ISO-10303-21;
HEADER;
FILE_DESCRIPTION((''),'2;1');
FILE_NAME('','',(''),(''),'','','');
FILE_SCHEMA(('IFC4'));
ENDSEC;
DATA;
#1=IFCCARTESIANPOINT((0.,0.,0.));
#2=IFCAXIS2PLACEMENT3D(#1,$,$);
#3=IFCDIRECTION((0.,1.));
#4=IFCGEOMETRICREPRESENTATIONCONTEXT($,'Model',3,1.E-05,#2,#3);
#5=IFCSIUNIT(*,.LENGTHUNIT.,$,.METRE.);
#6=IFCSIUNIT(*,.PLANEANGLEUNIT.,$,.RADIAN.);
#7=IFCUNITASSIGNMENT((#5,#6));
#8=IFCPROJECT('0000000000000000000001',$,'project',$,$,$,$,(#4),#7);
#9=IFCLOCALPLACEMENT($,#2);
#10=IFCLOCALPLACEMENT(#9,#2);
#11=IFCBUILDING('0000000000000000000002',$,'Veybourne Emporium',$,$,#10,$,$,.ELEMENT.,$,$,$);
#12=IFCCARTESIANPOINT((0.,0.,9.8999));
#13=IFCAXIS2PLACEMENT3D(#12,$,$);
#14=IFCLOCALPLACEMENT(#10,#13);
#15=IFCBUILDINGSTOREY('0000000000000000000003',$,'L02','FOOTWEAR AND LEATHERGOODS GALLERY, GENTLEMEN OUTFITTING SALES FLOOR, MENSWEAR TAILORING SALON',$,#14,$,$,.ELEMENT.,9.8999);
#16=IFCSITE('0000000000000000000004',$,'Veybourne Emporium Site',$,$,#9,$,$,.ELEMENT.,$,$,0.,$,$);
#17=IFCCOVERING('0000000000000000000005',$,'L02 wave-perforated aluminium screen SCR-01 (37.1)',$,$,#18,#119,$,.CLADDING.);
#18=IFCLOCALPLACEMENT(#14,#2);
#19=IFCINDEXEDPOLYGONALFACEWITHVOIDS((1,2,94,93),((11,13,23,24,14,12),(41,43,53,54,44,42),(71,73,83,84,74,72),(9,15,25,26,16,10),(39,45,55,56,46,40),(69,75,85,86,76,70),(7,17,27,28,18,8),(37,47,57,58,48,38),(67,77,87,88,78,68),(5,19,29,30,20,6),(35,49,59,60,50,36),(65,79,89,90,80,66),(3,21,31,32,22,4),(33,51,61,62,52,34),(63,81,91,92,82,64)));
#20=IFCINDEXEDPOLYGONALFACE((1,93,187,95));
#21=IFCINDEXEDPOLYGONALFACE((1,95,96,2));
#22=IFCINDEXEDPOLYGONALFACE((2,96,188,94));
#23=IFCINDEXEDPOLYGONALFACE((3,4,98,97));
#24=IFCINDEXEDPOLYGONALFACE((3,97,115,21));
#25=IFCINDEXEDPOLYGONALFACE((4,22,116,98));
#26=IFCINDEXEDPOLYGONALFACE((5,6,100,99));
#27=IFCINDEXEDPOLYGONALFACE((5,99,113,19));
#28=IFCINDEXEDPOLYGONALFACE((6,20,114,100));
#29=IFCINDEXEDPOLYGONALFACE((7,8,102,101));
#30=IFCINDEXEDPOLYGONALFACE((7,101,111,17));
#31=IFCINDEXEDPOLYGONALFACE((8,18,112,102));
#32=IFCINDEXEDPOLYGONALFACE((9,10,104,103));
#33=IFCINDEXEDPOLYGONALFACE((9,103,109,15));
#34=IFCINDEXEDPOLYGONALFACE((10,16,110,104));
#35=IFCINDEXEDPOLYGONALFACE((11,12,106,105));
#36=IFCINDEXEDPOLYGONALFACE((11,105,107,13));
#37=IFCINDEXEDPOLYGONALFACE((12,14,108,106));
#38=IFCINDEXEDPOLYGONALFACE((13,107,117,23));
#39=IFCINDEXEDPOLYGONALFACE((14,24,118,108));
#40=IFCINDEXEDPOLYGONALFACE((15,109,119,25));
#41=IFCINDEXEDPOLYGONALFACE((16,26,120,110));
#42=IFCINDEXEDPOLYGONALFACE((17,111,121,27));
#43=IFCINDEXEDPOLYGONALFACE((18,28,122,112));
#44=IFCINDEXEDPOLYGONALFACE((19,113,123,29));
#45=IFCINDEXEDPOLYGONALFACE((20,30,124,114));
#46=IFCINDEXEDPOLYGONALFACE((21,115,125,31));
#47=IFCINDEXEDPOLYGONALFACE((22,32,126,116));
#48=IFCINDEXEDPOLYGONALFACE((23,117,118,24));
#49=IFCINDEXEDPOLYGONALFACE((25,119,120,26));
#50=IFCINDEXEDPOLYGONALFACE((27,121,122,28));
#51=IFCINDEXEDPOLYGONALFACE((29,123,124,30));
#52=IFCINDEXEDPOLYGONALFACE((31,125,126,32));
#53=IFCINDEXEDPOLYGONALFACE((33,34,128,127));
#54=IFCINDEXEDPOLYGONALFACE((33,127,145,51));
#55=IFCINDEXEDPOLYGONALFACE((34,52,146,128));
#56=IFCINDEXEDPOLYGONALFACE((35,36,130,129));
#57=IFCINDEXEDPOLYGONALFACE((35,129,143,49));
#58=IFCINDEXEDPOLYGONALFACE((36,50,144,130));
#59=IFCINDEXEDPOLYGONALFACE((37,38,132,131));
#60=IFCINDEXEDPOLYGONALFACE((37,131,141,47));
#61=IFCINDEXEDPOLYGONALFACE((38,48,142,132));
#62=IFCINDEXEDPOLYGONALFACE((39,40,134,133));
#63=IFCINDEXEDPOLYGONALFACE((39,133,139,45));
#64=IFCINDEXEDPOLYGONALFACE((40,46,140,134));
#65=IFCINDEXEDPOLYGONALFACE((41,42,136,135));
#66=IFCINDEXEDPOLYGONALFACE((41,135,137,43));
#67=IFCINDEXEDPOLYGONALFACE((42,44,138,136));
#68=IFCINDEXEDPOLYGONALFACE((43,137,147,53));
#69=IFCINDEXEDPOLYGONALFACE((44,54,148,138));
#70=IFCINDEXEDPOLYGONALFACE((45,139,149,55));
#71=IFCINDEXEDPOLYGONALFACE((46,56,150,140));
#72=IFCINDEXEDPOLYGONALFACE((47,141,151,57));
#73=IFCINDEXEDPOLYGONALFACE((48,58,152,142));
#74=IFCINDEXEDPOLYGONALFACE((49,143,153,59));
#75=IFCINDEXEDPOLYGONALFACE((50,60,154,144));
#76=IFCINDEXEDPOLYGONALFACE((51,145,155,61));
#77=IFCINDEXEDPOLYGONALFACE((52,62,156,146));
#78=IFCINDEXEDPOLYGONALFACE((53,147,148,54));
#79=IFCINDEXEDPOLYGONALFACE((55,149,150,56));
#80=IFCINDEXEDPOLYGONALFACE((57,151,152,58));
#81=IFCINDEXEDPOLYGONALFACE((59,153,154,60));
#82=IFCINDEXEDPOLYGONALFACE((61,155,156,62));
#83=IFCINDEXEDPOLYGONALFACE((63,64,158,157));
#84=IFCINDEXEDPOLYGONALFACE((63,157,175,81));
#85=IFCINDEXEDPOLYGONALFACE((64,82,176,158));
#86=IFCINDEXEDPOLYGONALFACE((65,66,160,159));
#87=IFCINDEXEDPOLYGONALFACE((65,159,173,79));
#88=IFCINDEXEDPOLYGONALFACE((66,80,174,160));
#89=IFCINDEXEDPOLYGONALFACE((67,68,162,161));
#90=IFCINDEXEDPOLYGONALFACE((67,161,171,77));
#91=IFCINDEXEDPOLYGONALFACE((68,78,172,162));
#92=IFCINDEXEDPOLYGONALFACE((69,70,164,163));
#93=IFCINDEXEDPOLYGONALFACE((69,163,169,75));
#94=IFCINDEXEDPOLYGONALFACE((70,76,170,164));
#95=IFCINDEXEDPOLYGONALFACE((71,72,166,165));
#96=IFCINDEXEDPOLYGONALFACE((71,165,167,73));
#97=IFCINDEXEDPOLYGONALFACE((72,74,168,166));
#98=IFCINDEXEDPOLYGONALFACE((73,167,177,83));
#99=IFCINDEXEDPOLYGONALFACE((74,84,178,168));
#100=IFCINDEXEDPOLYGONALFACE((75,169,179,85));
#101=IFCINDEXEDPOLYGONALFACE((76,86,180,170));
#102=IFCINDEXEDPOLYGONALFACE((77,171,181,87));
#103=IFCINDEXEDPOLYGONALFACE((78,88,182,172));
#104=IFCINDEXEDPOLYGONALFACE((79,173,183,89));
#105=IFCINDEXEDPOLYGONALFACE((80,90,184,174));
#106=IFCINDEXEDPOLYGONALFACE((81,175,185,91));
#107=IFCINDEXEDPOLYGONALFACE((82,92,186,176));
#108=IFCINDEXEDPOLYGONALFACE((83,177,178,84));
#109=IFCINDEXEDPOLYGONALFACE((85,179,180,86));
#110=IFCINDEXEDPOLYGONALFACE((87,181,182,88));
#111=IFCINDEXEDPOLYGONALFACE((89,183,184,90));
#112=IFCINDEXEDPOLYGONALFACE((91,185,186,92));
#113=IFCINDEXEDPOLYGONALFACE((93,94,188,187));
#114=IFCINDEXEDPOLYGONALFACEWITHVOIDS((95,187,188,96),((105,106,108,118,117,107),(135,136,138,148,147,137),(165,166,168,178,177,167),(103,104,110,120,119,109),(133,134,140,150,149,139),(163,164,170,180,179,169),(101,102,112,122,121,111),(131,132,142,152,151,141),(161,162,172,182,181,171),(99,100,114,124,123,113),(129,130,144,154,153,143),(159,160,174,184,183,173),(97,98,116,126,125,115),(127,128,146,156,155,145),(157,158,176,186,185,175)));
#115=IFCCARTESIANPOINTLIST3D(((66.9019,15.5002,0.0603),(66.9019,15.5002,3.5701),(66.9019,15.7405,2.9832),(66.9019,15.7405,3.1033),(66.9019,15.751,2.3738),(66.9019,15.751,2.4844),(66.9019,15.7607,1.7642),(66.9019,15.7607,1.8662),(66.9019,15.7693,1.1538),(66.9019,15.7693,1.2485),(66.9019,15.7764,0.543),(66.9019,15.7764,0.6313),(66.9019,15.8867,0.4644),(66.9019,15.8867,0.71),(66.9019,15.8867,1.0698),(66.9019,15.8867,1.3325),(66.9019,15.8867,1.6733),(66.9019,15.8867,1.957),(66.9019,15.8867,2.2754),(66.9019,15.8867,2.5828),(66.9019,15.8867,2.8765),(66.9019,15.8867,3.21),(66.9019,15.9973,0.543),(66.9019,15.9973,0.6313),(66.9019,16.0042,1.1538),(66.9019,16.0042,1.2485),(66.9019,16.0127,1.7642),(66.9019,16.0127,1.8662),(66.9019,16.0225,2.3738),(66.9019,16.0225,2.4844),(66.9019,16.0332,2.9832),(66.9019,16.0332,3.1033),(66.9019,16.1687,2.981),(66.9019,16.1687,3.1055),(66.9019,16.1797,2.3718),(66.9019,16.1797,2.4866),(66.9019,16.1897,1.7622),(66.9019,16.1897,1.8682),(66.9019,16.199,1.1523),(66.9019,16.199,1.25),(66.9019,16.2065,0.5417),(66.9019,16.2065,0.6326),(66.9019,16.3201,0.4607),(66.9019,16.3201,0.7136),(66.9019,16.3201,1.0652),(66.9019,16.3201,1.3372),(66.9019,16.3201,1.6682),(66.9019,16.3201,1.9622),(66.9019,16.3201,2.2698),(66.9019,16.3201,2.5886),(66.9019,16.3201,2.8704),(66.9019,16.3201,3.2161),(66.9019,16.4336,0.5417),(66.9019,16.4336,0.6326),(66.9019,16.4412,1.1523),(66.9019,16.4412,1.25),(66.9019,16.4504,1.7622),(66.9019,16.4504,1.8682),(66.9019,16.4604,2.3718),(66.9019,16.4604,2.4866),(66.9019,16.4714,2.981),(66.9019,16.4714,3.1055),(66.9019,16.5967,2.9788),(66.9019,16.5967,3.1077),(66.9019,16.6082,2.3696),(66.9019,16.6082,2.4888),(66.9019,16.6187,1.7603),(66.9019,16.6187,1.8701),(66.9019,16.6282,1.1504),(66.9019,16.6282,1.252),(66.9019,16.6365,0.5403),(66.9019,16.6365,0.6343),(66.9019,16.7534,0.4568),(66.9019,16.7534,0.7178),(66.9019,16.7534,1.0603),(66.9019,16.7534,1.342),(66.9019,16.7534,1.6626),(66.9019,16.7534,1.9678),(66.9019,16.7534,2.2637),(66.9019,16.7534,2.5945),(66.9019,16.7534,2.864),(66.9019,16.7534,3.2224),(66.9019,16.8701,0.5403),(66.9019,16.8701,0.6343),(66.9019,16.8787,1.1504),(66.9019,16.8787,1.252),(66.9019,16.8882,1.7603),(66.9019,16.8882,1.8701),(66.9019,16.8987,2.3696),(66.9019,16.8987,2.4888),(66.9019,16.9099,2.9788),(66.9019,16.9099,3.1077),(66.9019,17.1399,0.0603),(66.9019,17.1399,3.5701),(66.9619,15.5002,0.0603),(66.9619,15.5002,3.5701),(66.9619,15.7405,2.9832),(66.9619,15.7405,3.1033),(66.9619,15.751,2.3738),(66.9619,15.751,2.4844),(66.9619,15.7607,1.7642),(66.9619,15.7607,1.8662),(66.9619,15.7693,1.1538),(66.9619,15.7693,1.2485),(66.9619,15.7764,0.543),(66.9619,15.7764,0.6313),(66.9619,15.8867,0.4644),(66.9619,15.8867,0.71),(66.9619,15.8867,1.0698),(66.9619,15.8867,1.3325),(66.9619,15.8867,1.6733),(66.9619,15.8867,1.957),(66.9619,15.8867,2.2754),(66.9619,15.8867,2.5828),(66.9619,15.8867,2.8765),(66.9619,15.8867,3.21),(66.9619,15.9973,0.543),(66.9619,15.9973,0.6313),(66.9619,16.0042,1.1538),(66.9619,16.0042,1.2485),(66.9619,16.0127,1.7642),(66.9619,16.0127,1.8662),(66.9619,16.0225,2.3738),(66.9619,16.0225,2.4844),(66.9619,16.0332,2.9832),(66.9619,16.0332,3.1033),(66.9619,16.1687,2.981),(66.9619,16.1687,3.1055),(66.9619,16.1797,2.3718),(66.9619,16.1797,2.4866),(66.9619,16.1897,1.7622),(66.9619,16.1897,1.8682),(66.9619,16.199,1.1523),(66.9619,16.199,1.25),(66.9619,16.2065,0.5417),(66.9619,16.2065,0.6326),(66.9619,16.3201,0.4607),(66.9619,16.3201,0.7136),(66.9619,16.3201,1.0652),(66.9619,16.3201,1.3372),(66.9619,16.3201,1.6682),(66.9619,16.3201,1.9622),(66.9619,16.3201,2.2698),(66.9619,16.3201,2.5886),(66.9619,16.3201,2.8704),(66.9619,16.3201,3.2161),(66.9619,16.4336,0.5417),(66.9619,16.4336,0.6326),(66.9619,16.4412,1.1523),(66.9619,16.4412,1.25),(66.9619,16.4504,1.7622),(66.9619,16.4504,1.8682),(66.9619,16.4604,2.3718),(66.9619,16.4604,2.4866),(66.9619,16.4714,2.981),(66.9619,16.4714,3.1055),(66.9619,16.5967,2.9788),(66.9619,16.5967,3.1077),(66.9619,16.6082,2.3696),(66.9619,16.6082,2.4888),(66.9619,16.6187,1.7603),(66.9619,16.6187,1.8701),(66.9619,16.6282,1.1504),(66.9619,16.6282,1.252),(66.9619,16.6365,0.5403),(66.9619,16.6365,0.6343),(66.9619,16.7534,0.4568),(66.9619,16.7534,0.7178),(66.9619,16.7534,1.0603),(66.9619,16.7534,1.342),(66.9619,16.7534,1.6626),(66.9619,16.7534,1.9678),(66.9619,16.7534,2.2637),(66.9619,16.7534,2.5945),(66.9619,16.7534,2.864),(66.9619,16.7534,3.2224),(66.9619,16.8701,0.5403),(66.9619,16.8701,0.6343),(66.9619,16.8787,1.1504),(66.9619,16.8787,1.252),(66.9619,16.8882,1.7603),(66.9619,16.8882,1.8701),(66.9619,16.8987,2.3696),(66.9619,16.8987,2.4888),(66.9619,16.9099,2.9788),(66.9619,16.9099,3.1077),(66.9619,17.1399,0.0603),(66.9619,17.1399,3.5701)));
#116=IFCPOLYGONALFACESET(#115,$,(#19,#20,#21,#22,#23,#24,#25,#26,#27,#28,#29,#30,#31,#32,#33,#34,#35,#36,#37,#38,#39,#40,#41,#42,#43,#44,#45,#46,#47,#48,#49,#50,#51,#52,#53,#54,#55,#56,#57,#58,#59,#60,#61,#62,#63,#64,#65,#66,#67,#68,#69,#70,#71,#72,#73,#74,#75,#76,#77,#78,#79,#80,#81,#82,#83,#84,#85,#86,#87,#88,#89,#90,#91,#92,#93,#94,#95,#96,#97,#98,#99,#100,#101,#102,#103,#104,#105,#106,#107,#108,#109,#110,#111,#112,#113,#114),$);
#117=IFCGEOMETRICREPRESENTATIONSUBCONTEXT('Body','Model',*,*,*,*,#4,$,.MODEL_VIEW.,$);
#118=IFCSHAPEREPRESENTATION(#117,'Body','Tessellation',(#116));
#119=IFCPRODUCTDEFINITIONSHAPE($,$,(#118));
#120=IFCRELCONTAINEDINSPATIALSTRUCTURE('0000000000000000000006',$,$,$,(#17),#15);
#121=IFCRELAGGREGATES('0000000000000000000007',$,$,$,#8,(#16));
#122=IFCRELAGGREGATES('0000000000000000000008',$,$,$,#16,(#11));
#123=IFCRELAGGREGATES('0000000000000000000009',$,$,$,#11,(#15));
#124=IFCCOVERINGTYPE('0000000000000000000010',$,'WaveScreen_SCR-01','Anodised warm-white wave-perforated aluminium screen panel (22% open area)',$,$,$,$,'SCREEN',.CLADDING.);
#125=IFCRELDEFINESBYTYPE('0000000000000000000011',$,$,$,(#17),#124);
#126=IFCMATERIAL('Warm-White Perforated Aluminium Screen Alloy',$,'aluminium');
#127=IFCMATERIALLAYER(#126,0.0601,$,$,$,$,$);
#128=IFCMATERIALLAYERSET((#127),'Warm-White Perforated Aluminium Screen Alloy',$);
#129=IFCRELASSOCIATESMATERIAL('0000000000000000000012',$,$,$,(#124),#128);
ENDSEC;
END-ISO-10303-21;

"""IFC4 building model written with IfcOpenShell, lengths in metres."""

from ifc_helpers import new_model, si_unit, direction, frame, origin, place, context, subcontext, project, spatial, polyline, outline, extrude, material, layer, layer_set, type_object, element, save


model = new_model("IFC4")

# Units and contexts
model_context = context("Model", 3, precision=1e-05, world=origin(), true_north=direction((0.0, 1.0)))
body_context = subcontext(model_context, "Body", "Model", "MODEL_VIEW")
ifc_project = project(units=[si_unit("LENGTHUNIT", "METRE"), si_unit("PLANEANGLEUNIT", "RADIAN")], contexts=[model_context])

# Site, building, storey
site_placement = place(None, origin())
site = spatial("IfcSite", under=ifc_project, at=site_placement, Name="Veybourne Emporium Site", CompositionType="ELEMENT", RefElevation=0.0)
building_placement = place(site_placement, origin())
building = spatial("IfcBuilding", under=site, at=building_placement, Name="Veybourne Emporium", CompositionType="ELEMENT")
storey_placement = place(building_placement, frame((0.0, 0.0, 9.8999)))
storey = spatial("IfcBuildingStorey", under=building, at=storey_placement, Name="L02", Description="FOOTWEAR AND LEATHERGOODS GALLERY, GENTLEMEN OUTFITTING SALES FLOOR, MENSWEAR TAILORING SALON", CompositionType="ELEMENT", Elevation=9.8999)

# Covering
ifc_material_1 = material(Name="Warm-White Perforated Aluminium Screen Alloy", Category="aluminium")
ifc_layer_1 = layer(ifc_material_1, 0.0601)
ifc_layer_set_1 = layer_set([ifc_layer_1], Name="Warm-White Perforated Aluminium Screen Alloy")
covering_type_1 = type_object("IfcCoveringType", Name="WaveScreen_SCR-01", Description="Anodised warm-white wave-perforated aluminium screen panel (22% open area)", ElementType="SCREEN", PredefinedType="CLADDING", material=ifc_layer_set_1)
covering_1_placement = place(storey_placement, frame((66.9019, 16.3201, 1.8152), z_axis=(1.0, 0.0, 0.0), x_axis=(0.0, 1.0, 0.0)))
element("IfcCovering", 1, at=covering_1_placement, inside=storey, type_object=covering_type_1, Name="L02 wave-perforated aluminium screen SCR-01 (37.1)", PredefinedType="CLADDING", context=body_context, shape_type="SweptSolid", body=[
    extrude(outline(polyline([(-0.8198, -1.7549), (0.8198, -1.7549), (0.8198, 1.7549), (-0.8198, 1.7549), (-0.8198, -1.7549)]), holes=[polyline([(-0.4333, -1.1052), (-0.3228, -1.1838), (-0.3228, -1.2722), (-0.4333, -1.3508), (-0.5437, -1.2722), (-0.5437, -1.1838), (-0.4333, -1.1052)]), polyline([(-0.4333, -0.4827), (-0.3159, -0.5667), (-0.3159, -0.6614), (-0.4333, -0.7454), (-0.5508, -0.6614), (-0.5508, -0.5667), (-0.4333, -0.4827)]), polyline([(-0.4333, 0.1418), (-0.3074, 0.051), (-0.3074, -0.051), (-0.4333, -0.1418), (-0.5593, -0.051), (-0.5593, 0.051), (-0.4333, 0.1418)]), polyline([(-0.4333, 0.7676), (-0.2976, 0.6692), (-0.2976, 0.5586), (-0.4333, 0.4602), (-0.5691, 0.5586), (-0.5691, 0.6692), (-0.4333, 0.7676)]), polyline([(-0.4333, 1.3948), (-0.2869, 1.2881), (-0.2869, 1.168), (-0.4333, 1.0613), (-0.5796, 1.168), (-0.5796, 1.2881), (-0.4333, 1.3948)]), polyline([(0.0, -1.1016), (0.1135, -1.1826), (0.1135, -1.2734), (0.0, -1.3545), (-0.1135, -1.2734), (-0.1135, -1.1826), (0.0, -1.1016)]), polyline([(0.0, -0.478), (0.1211, -0.5652), (0.1211, -0.6628), (0.0, -0.75), (-0.1211, -0.6628), (-0.1211, -0.5652), (0.0, -0.478)]), polyline([(0.0, 0.147), (0.1304, 0.053), (0.1304, -0.053), (0.0, -0.147), (-0.1304, -0.053), (-0.1304, 0.053), (0.0, 0.147)]), polyline([(0.0, 0.7734), (0.1404, 0.6714), (0.1404, 0.5566), (0.0, 0.4546), (-0.1404, 0.5566), (-0.1404, 0.6714), (0.0, 0.7734)]), polyline([(0.0, 1.4009), (0.1514, 1.2903), (0.1514, 1.1658), (0.0, 1.0552), (-0.1514, 1.1658), (-0.1514, 1.2903), (0.0, 1.4009)]), polyline([(0.4333, -1.0974), (0.55, -1.1809), (0.55, -1.2749), (0.4333, -1.3584), (0.3164, -1.2749), (0.3164, -1.1809), (0.4333, -1.0974)]), polyline([(0.4333, -0.4731), (0.5586, -0.5632), (0.5586, -0.6648), (0.4333, -0.7549), (0.3081, -0.6648), (0.3081, -0.5632), (0.4333, -0.4731)]), polyline([(0.4333, 0.1526), (0.5681, 0.0549), (0.5681, -0.0549), (0.4333, -0.1526), (0.2986, -0.0549), (0.2986, 0.0549), (0.4333, 0.1526)]), polyline([(0.4333, 0.7793), (0.5786, 0.6736), (0.5786, 0.5544), (0.4333, 0.4485), (0.2881, 0.5544), (0.2881, 0.6736), (0.4333, 0.7793)]), polyline([(0.4333, 1.4072), (0.5898, 1.2925), (0.5898, 1.1636), (0.4333, 1.0488), (0.2766, 1.1636), (0.2766, 1.2925), (0.4333, 1.4072)])]), origin(), (0.0, 0.0, 1.0), 0.0601),
])

save(model, "model.ifc")
